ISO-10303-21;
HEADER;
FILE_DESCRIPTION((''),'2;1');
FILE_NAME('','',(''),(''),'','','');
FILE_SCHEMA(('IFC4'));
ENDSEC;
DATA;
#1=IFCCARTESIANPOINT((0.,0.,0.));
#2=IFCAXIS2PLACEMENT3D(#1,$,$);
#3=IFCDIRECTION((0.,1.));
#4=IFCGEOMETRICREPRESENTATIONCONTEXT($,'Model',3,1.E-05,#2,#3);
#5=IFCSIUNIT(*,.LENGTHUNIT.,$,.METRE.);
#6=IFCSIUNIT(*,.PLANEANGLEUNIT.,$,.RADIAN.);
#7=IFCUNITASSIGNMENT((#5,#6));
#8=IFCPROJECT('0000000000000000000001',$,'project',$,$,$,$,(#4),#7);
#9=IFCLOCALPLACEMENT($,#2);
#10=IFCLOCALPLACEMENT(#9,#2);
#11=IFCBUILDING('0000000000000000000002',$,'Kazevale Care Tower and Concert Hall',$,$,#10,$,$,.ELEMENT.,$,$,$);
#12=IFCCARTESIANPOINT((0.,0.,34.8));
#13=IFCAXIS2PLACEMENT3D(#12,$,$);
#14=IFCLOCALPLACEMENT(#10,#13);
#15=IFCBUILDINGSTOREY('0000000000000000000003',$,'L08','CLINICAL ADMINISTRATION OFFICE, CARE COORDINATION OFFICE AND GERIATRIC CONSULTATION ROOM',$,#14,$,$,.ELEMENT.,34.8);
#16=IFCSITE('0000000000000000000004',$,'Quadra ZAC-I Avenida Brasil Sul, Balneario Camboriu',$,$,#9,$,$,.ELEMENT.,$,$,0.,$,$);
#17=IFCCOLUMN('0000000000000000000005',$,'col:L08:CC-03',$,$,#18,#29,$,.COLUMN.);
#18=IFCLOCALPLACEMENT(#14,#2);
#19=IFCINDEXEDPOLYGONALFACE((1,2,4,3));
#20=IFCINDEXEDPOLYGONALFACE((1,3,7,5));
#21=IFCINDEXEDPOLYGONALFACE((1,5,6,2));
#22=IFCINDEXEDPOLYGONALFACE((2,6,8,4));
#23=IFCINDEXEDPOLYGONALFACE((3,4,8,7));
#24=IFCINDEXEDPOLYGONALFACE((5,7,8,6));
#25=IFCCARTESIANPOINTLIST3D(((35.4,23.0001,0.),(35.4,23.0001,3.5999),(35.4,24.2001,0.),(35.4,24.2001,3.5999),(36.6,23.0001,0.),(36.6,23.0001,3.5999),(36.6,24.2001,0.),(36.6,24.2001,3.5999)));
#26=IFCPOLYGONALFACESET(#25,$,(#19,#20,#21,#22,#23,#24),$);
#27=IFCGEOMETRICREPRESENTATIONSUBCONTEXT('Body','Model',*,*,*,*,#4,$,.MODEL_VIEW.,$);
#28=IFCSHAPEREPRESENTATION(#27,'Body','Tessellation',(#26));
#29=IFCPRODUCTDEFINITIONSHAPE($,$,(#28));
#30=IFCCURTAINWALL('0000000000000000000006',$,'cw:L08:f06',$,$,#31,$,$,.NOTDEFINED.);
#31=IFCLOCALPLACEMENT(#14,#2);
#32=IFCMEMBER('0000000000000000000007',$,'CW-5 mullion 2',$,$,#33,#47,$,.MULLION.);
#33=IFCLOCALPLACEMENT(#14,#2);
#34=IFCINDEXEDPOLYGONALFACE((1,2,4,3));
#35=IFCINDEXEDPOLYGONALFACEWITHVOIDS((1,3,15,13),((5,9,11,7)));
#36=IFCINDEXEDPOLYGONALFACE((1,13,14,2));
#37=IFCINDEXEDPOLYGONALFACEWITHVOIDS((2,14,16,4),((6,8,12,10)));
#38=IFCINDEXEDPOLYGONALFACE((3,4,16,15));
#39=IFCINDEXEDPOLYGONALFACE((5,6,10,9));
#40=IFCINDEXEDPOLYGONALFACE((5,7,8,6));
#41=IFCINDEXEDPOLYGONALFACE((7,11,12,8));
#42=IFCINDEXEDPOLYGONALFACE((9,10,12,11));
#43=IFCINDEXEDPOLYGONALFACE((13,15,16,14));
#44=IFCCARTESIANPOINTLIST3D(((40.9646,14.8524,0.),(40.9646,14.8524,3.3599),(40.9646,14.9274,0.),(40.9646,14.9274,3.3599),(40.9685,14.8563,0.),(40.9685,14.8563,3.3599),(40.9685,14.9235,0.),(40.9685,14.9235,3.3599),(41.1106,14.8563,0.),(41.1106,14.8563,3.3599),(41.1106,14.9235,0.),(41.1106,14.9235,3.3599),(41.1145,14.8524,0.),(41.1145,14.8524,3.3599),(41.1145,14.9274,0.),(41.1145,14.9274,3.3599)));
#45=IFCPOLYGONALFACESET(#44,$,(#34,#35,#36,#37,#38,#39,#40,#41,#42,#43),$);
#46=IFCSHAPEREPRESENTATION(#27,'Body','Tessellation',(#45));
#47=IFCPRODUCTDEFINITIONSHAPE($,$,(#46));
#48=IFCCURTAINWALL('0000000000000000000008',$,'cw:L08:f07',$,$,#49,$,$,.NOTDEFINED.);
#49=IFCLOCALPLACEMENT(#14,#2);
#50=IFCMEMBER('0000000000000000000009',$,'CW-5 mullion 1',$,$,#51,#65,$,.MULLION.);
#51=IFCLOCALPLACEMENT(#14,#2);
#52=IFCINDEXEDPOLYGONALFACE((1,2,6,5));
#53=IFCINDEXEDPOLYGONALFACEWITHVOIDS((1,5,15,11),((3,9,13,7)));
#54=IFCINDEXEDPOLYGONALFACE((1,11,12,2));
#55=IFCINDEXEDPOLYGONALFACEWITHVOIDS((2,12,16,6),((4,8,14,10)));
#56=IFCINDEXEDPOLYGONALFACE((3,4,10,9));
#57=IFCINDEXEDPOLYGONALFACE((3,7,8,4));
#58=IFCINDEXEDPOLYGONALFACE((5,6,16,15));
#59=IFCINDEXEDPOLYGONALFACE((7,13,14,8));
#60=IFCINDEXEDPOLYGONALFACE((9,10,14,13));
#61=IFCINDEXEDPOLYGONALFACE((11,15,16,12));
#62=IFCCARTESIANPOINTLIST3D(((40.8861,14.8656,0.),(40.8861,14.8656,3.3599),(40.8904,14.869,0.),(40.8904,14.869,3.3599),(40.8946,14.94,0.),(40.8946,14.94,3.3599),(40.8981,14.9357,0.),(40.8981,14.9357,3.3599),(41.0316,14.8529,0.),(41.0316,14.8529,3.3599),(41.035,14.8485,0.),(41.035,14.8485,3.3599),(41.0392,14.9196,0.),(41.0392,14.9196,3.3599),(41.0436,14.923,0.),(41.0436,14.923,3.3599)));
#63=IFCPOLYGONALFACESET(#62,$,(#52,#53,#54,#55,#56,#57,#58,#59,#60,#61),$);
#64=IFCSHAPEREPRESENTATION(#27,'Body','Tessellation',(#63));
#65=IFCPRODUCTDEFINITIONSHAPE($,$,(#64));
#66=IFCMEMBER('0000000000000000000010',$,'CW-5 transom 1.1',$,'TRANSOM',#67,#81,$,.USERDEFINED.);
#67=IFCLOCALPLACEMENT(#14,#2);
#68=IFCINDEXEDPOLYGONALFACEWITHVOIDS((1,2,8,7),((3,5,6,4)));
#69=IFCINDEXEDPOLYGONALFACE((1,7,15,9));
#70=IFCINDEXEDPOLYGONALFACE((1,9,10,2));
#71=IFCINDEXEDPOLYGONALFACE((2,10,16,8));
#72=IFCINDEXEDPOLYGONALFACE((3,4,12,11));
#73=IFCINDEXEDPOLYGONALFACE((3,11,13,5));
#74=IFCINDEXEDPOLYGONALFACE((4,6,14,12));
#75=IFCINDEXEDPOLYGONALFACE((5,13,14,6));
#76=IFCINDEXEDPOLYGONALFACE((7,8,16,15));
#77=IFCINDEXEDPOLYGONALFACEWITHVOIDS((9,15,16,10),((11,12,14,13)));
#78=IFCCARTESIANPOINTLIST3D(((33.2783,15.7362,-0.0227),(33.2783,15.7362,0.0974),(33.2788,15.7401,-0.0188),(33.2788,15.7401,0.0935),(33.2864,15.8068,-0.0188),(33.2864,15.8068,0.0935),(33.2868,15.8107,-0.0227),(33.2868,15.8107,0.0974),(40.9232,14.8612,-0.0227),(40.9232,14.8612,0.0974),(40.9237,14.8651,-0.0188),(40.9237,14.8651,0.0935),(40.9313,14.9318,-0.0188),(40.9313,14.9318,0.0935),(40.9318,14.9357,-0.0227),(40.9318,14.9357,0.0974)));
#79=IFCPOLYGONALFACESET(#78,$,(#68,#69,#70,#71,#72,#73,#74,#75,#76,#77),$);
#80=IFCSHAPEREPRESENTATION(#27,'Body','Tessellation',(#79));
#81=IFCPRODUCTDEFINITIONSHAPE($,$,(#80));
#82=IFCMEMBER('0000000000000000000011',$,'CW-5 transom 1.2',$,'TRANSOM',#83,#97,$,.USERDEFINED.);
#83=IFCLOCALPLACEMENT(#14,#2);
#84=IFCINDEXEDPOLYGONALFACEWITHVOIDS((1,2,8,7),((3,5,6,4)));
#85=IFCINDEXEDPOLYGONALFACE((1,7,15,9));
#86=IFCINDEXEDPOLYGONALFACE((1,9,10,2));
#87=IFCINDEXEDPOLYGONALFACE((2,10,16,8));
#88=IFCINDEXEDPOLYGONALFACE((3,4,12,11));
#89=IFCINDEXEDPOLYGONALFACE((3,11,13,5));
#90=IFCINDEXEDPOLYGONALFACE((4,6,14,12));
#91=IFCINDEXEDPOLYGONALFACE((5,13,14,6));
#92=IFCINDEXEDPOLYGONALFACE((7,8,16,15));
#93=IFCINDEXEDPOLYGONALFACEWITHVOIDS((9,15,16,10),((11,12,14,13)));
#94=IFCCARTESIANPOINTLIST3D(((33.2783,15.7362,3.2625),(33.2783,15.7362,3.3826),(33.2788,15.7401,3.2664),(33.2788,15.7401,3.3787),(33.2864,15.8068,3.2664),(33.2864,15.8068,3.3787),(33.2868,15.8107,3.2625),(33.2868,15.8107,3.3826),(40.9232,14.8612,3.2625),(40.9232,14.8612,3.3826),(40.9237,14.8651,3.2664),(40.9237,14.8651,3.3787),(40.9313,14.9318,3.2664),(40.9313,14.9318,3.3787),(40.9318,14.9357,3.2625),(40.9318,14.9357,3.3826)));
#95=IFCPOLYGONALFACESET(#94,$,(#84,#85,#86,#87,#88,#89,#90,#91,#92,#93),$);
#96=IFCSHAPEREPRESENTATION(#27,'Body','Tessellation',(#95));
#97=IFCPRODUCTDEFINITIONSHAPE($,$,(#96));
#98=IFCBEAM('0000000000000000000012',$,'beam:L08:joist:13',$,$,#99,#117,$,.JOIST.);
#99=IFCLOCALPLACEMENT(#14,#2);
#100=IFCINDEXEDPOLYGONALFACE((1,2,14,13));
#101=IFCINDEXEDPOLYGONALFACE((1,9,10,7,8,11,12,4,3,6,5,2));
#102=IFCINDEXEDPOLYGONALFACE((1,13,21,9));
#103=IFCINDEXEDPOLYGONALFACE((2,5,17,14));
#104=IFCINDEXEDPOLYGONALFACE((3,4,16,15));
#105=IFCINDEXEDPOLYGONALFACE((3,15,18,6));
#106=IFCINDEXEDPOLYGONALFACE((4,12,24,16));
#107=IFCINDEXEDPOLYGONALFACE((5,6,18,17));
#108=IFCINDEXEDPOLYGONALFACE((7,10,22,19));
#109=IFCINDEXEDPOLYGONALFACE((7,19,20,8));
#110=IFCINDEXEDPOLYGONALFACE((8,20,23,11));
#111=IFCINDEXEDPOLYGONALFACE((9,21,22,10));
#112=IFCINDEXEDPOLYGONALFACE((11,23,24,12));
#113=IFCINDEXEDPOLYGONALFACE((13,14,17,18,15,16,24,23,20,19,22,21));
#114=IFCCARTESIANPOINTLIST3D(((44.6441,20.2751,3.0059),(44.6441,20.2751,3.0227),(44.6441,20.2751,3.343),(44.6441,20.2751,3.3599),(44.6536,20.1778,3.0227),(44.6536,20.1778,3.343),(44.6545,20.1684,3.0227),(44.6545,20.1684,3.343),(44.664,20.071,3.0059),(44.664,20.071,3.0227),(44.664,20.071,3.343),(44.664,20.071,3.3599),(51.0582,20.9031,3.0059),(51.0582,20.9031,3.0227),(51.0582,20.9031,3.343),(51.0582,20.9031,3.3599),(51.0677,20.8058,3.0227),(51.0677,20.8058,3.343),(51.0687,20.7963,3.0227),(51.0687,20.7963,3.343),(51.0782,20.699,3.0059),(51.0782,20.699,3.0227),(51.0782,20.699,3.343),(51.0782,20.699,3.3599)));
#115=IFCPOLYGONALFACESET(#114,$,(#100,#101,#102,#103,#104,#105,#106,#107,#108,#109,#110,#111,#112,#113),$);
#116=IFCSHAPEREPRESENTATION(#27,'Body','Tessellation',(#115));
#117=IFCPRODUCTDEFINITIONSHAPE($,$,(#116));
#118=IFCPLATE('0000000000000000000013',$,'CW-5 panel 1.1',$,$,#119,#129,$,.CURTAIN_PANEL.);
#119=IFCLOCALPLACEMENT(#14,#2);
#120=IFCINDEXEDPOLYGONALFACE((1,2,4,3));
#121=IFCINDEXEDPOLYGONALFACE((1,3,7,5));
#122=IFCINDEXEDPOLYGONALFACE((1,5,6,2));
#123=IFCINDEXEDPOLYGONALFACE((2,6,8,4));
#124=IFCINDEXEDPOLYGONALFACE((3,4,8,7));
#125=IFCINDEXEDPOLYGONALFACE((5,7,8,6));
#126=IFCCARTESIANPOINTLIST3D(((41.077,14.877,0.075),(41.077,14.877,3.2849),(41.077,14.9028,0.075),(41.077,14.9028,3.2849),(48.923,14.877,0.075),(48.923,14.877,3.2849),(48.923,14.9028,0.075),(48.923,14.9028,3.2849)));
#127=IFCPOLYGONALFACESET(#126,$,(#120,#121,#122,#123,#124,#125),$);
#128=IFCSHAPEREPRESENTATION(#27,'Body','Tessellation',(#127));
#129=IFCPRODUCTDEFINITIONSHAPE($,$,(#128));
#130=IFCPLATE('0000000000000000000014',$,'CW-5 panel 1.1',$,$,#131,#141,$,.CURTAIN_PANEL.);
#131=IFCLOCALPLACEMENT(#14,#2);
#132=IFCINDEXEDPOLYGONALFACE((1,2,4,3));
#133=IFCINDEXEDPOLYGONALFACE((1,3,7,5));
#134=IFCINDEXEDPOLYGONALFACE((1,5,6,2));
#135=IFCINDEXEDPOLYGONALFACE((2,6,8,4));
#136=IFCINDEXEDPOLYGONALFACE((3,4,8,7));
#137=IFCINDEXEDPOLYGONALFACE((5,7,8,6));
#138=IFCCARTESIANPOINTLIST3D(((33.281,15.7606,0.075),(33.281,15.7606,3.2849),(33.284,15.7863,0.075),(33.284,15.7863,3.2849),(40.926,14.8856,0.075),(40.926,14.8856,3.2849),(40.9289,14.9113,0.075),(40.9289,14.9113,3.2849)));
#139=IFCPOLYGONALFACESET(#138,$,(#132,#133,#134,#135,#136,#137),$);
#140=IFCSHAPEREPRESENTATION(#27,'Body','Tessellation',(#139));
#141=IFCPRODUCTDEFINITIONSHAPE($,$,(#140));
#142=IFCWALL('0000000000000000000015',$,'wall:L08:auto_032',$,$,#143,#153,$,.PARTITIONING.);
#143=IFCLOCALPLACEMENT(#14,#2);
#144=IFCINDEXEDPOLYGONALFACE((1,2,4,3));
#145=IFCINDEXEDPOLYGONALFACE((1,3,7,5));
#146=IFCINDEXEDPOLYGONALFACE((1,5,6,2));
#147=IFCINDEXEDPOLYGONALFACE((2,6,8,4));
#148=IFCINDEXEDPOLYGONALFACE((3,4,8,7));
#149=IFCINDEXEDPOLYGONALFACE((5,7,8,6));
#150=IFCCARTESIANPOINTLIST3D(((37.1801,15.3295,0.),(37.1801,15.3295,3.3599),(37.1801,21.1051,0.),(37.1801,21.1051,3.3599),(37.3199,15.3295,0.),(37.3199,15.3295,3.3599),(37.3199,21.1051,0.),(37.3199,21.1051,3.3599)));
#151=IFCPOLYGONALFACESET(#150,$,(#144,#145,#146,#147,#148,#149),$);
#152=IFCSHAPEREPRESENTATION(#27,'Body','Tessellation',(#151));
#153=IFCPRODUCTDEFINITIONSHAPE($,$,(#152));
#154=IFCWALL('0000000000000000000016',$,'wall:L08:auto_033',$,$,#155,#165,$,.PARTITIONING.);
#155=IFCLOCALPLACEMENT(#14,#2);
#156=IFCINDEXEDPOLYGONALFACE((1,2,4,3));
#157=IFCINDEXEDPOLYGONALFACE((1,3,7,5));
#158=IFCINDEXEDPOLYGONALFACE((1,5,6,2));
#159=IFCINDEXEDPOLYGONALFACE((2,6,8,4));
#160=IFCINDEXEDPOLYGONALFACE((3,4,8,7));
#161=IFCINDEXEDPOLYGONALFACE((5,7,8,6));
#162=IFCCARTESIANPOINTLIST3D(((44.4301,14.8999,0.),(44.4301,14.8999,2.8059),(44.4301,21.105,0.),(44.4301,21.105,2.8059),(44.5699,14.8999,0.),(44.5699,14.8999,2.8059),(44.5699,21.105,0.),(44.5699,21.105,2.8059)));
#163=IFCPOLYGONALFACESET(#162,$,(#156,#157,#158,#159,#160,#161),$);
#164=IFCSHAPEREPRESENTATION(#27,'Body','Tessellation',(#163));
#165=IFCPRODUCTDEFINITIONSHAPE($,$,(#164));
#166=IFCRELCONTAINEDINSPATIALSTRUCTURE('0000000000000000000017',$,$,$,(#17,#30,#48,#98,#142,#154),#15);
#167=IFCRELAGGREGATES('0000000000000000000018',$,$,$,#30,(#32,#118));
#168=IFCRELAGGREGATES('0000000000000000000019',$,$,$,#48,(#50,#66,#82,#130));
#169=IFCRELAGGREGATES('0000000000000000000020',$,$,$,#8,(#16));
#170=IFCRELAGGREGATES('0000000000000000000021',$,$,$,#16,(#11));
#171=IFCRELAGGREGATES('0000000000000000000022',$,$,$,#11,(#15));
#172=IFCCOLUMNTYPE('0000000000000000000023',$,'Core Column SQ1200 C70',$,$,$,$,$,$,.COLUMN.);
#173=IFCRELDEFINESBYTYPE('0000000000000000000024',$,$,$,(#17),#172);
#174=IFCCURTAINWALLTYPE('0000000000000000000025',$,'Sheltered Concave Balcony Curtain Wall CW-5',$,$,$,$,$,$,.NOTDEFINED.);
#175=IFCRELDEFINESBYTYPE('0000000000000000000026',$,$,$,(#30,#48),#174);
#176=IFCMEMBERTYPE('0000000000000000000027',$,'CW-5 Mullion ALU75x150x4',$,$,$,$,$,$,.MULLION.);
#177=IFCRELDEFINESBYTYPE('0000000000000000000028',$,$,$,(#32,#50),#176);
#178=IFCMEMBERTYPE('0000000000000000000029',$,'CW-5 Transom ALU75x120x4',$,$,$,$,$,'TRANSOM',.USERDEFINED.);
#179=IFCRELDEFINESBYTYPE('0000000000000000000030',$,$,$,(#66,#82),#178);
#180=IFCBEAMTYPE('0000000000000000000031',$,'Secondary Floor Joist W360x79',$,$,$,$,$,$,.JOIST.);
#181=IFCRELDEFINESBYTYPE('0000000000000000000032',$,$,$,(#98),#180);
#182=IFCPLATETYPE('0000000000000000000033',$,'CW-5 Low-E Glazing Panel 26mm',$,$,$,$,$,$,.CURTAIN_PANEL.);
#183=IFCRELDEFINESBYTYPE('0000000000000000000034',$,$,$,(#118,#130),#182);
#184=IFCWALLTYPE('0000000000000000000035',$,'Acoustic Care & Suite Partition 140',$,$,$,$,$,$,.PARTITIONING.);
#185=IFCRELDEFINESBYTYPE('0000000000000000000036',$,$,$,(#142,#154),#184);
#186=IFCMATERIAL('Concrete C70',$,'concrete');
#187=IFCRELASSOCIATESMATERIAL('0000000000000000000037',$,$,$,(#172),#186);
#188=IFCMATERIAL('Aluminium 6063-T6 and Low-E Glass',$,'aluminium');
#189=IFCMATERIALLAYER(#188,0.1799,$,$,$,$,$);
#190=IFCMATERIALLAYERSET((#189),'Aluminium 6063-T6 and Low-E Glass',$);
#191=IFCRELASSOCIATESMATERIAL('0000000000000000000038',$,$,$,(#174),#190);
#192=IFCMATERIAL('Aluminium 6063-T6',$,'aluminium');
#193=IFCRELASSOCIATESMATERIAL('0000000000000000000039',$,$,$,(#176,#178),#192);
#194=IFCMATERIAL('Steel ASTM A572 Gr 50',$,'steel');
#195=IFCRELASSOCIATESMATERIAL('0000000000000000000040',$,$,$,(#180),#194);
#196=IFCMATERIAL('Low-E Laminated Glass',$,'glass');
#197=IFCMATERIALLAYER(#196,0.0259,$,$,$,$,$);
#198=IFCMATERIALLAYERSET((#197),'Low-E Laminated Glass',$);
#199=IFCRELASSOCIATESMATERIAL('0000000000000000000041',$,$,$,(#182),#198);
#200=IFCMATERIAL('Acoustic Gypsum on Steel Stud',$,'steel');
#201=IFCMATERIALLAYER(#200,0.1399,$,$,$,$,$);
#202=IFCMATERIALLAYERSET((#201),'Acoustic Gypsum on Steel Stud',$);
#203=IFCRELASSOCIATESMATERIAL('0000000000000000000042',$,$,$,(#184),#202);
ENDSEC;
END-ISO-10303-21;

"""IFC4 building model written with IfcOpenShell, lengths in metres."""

from ifc_helpers import new_model, si_unit, direction, frame, frame_2d, origin, origin_2d, place, context, subcontext, project, spatial, rectangle, hollow_rectangle, i_section, extrude, material, layer, layer_set, material_profile, profile_set, type_object, element, aggregate, save


model = new_model("IFC4")

# Units and contexts
model_context = context("Model", 3, precision=1e-05, world=origin(), true_north=direction((0.0, 1.0)))
body_context = subcontext(model_context, "Body", "Model", "MODEL_VIEW")
ifc_project = project(units=[si_unit("LENGTHUNIT", "METRE"), si_unit("PLANEANGLEUNIT", "RADIAN")], contexts=[model_context])

# Site, building, storey
site_placement = place(None, origin())
site = spatial("IfcSite", under=ifc_project, at=site_placement, Name="Quadra ZAC-I Avenida Brasil Sul, Balneario Camboriu", CompositionType="ELEMENT", RefElevation=0.0)
building_placement = place(site_placement, origin())
building = spatial("IfcBuilding", under=site, at=building_placement, Name="Kazevale Care Tower and Concert Hall", CompositionType="ELEMENT")
storey_placement = place(building_placement, frame((0.0, 0.0, 34.8)))
storey = spatial("IfcBuildingStorey", under=building, at=storey_placement, Name="L08", Description="CLINICAL ADMINISTRATION OFFICE, CARE COORDINATION OFFICE AND GERIATRIC CONSULTATION ROOM", CompositionType="ELEMENT", Elevation=34.8)

# Column
ifc_material_1 = material(Name="Concrete C70", Category="concrete")
ifc_material_profile_1 = material_profile(ifc_material_1, rectangle(XDim=1.2, YDim=1.2, at=origin_2d()), Name="RC-SQ1200")
ifc_profile_set_1 = profile_set([ifc_material_profile_1], Name="Concrete C70")
column_type = type_object("IfcColumnType", Name="Core Column SQ1200 C70", PredefinedType="COLUMN", material=ifc_profile_set_1)
column_placement = place(storey_placement, frame((36.0, 23.6001, 0.0), z_axis=(0.0, 0.0, 1.0), x_axis=(1.0, 0.0, 0.0)))
element("IfcColumn", 1, at=column_placement, inside=storey, type_object=column_type, Name="col:L08:CC-03", PredefinedType="COLUMN", context=body_context, shape_type="SweptSolid", body=[
    extrude(rectangle(XDim=1.2, YDim=1.2, at=origin_2d()), origin(), (0.0, 0.0, 1.0), 3.5999),
])

# Curtain wall, member
ifc_material_2 = material(Name="Aluminium 6063-T6 and Low-E Glass", Category="aluminium")
ifc_layer_1 = layer(ifc_material_2, 0.1799)
ifc_layer_set_1 = layer_set([ifc_layer_1], Name="Aluminium 6063-T6 and Low-E Glass")
curtain_wall_type = type_object("IfcCurtainWallType", Name="Sheltered Concave Balcony Curtain Wall CW-5", PredefinedType="NOTDEFINED", material=ifc_layer_set_1)
curtain_wall_1_placement = place(storey_placement, origin())
curtain_wall_1 = element("IfcCurtainWall", 2, at=curtain_wall_1_placement, inside=storey, type_object=curtain_wall_type, Name="cw:L08:f06", PredefinedType="NOTDEFINED")
ifc_material_3 = material(Name="Aluminium 6063-T6", Category="aluminium")
ifc_material_profile_2 = material_profile(ifc_material_3, hollow_rectangle(XDim=0.075, YDim=0.1499, WallThickness=0.0039, at=origin_2d()), Name="ALU75x150x4")
ifc_profile_set_2 = profile_set([ifc_material_profile_2], Name="Aluminium 6063-T6")
member_type_1 = type_object("IfcMemberType", Name="CW-5 Mullion ALU75x150x4", PredefinedType="MULLION", material=ifc_profile_set_2)
member_1_placement = place(storey_placement, frame((41.0396, 14.8899, 0.0), z_axis=(0.0, 0.0, 1.0), x_axis=(0.0, -1.0, 0.0)))
member_1 = element("IfcMember", 3, at=member_1_placement, type_object=member_type_1, Name="CW-5 mullion 2", PredefinedType="MULLION", context=body_context, shape_type="SweptSolid", body=[
    extrude(hollow_rectangle(XDim=0.075, YDim=0.1499, WallThickness=0.0039, at=origin_2d()), origin(), (0.0, 0.0, 1.0), 3.3599),
])

# Curtain wall, members
curtain_wall_2_placement = place(storey_placement, origin())
curtain_wall_2 = element("IfcCurtainWall", 4, at=curtain_wall_2_placement, inside=storey, type_object=curtain_wall_type, Name="cw:L08:f07", PredefinedType="NOTDEFINED")
member_2_placement = place(storey_placement, frame((40.9648, 14.8943, 0.0), z_axis=(0.0, 0.0, 1.0), x_axis=(-0.113705, -0.993515, 0.0)))
member_2 = element("IfcMember", 5, at=member_2_placement, type_object=member_type_1, Name="CW-5 mullion 1", PredefinedType="MULLION", context=body_context, shape_type="SweptSolid", body=[
    extrude(hollow_rectangle(XDim=0.075, YDim=0.1499, WallThickness=0.0039, at=origin_2d()), origin(), (0.0, 0.0, 1.0), 3.3599),
])
ifc_material_profile_3 = material_profile(ifc_material_3, hollow_rectangle(XDim=0.075, YDim=0.1201, WallThickness=0.0039, at=origin_2d()), Name="ALU75x120x4")
ifc_profile_set_3 = profile_set([ifc_material_profile_3], Name="Aluminium 6063-T6")
member_type_2 = type_object("IfcMemberType", Name="CW-5 Transom ALU75x120x4", ElementType="TRANSOM", PredefinedType="USERDEFINED", material=ifc_profile_set_3)
member_3_placement = place(storey_placement, frame((40.9275, 14.8984, 0.0374), z_axis=(-0.993514, 0.113711, 0.0), x_axis=(-0.113711, -0.993514, 0.0)))
member_3 = element("IfcMember", 6, at=member_3_placement, type_object=member_type_2, Name="CW-5 transom 1.1", ObjectType="TRANSOM", PredefinedType="USERDEFINED", context=body_context, shape_type="SweptSolid", body=[
    extrude(hollow_rectangle(XDim=0.075, YDim=0.1201, WallThickness=0.0039, at=origin_2d()), origin(), (0.0, 0.0, 1.0), 7.6948),
])
member_4_placement = place(storey_placement, frame((40.9275, 14.8984, 3.3225), z_axis=(-0.993514, 0.113711, 0.0), x_axis=(-0.113711, -0.993514, 0.0)))
member_4 = element("IfcMember", 7, at=member_4_placement, type_object=member_type_2, Name="CW-5 transom 1.2", ObjectType="TRANSOM", PredefinedType="USERDEFINED", context=body_context, shape_type="SweptSolid", body=[
    extrude(hollow_rectangle(XDim=0.075, YDim=0.1201, WallThickness=0.0039, at=origin_2d()), origin(), (0.0, 0.0, 1.0), 7.6948),
])

# Beam
ifc_material_4 = material(Name="Steel ASTM A572 Gr 50", Category="steel")
ifc_material_profile_4 = material_profile(ifc_material_4, i_section(OverallWidth=0.2051, OverallDepth=0.354, WebThickness=0.0095, FlangeThickness=0.0168, at=origin_2d()), Name="W360x79")
ifc_profile_set_4 = profile_set([ifc_material_profile_4], Name="Steel ASTM A572 Gr 50")
beam_type = type_object("IfcBeamType", Name="Secondary Floor Joist W360x79", PredefinedType="JOIST", material=ifc_profile_set_4)
beam_placement = place(storey_placement, frame((44.6541, 20.1731, 3.1829), z_axis=(0.995242, 0.097433, 0.0), x_axis=(-0.097433, 0.995242, 0.0)))
element("IfcBeam", 8, at=beam_placement, inside=storey, type_object=beam_type, Name="beam:L08:joist:13", PredefinedType="JOIST", context=body_context, shape_type="SweptSolid", body=[
    extrude(i_section(OverallWidth=0.2051, OverallDepth=0.354, WebThickness=0.0095, FlangeThickness=0.0168, at=origin_2d()), origin(), (0.0, 0.0, 1.0), 6.4448),
])

# Plates
ifc_material_5 = material(Name="Low-E Laminated Glass", Category="glass")
ifc_layer_2 = layer(ifc_material_5, 0.0259)
ifc_layer_set_2 = layer_set([ifc_layer_2], Name="Low-E Laminated Glass")
plate_type = type_object("IfcPlateType", Name="CW-5 Low-E Glazing Panel 26mm", PredefinedType="CURTAIN_PANEL", material=ifc_layer_set_2)
plate_1_placement = place(storey_placement, frame((45.0, 14.8899, 0.075), z_axis=(0.0, 0.0, 1.0), x_axis=(-1.0, 0.0, 0.0)))
plate_1 = element("IfcPlate", 9, at=plate_1_placement, type_object=plate_type, Name="CW-5 panel 1.1", PredefinedType="CURTAIN_PANEL", context=body_context, shape_type="SweptSolid", body=[
    extrude(rectangle(XDim=7.8459, YDim=0.0259, at=origin_2d()), origin(), (0.0, 0.0, 1.0), 3.21),
])
aggregate(curtain_wall_1, [member_1, plate_1])
plate_2_placement = place(storey_placement, frame((37.105, 15.3359, 0.075), z_axis=(0.0, 0.0, 1.0), x_axis=(-0.993515, 0.113705, 0.0)))
plate_2 = element("IfcPlate", 10, at=plate_2_placement, type_object=plate_type, Name="CW-5 panel 1.1", PredefinedType="CURTAIN_PANEL", context=body_context, shape_type="SweptSolid", body=[
    extrude(rectangle(XDim=7.6948, YDim=0.0259, at=origin_2d()), origin(), (0.0, 0.0, 1.0), 3.21),
])
aggregate(curtain_wall_2, [member_2, member_3, member_4, plate_2])

# Walls
ifc_material_6 = material(Name="Acoustic Gypsum on Steel Stud", Category="steel")
ifc_layer_3 = layer(ifc_material_6, 0.1399)
ifc_layer_set_3 = layer_set([ifc_layer_3], Name="Acoustic Gypsum on Steel Stud")
wall_type_1 = type_object("IfcWallType", Name="Acoustic Care & Suite Partition 140", PredefinedType="PARTITIONING", material=ifc_layer_set_3)
wall_1_placement = place(storey_placement, frame((37.25, 21.105, 0.0), z_axis=(0.0, 0.0, 1.0), x_axis=(0.0, -1.0, 0.0)))
element("IfcWall", 11, at=wall_1_placement, inside=storey, type_object=wall_type_1, Name="wall:L08:auto_032", PredefinedType="PARTITIONING", context=body_context, shape_type="SweptSolid", body=[
    extrude(rectangle(XDim=5.7756, YDim=0.1399, at=frame_2d((2.8877, 0.0))), origin(), (0.0, 0.0, 1.0), 3.3599),
])
wall_2_placement = place(storey_placement, frame((44.5, 21.105, 0.0), z_axis=(0.0, 0.0, 1.0), x_axis=(0.0, -1.0, 0.0)))
element("IfcWall", 12, at=wall_2_placement, inside=storey, type_object=wall_type_1, Name="wall:L08:auto_033", PredefinedType="PARTITIONING", context=body_context, shape_type="SweptSolid", body=[
    extrude(rectangle(XDim=6.2051, YDim=0.1399, at=frame_2d((3.1025, 0.0))), origin(), (0.0, 0.0, 1.0), 2.8059),
])

save(model, "model.ifc")
